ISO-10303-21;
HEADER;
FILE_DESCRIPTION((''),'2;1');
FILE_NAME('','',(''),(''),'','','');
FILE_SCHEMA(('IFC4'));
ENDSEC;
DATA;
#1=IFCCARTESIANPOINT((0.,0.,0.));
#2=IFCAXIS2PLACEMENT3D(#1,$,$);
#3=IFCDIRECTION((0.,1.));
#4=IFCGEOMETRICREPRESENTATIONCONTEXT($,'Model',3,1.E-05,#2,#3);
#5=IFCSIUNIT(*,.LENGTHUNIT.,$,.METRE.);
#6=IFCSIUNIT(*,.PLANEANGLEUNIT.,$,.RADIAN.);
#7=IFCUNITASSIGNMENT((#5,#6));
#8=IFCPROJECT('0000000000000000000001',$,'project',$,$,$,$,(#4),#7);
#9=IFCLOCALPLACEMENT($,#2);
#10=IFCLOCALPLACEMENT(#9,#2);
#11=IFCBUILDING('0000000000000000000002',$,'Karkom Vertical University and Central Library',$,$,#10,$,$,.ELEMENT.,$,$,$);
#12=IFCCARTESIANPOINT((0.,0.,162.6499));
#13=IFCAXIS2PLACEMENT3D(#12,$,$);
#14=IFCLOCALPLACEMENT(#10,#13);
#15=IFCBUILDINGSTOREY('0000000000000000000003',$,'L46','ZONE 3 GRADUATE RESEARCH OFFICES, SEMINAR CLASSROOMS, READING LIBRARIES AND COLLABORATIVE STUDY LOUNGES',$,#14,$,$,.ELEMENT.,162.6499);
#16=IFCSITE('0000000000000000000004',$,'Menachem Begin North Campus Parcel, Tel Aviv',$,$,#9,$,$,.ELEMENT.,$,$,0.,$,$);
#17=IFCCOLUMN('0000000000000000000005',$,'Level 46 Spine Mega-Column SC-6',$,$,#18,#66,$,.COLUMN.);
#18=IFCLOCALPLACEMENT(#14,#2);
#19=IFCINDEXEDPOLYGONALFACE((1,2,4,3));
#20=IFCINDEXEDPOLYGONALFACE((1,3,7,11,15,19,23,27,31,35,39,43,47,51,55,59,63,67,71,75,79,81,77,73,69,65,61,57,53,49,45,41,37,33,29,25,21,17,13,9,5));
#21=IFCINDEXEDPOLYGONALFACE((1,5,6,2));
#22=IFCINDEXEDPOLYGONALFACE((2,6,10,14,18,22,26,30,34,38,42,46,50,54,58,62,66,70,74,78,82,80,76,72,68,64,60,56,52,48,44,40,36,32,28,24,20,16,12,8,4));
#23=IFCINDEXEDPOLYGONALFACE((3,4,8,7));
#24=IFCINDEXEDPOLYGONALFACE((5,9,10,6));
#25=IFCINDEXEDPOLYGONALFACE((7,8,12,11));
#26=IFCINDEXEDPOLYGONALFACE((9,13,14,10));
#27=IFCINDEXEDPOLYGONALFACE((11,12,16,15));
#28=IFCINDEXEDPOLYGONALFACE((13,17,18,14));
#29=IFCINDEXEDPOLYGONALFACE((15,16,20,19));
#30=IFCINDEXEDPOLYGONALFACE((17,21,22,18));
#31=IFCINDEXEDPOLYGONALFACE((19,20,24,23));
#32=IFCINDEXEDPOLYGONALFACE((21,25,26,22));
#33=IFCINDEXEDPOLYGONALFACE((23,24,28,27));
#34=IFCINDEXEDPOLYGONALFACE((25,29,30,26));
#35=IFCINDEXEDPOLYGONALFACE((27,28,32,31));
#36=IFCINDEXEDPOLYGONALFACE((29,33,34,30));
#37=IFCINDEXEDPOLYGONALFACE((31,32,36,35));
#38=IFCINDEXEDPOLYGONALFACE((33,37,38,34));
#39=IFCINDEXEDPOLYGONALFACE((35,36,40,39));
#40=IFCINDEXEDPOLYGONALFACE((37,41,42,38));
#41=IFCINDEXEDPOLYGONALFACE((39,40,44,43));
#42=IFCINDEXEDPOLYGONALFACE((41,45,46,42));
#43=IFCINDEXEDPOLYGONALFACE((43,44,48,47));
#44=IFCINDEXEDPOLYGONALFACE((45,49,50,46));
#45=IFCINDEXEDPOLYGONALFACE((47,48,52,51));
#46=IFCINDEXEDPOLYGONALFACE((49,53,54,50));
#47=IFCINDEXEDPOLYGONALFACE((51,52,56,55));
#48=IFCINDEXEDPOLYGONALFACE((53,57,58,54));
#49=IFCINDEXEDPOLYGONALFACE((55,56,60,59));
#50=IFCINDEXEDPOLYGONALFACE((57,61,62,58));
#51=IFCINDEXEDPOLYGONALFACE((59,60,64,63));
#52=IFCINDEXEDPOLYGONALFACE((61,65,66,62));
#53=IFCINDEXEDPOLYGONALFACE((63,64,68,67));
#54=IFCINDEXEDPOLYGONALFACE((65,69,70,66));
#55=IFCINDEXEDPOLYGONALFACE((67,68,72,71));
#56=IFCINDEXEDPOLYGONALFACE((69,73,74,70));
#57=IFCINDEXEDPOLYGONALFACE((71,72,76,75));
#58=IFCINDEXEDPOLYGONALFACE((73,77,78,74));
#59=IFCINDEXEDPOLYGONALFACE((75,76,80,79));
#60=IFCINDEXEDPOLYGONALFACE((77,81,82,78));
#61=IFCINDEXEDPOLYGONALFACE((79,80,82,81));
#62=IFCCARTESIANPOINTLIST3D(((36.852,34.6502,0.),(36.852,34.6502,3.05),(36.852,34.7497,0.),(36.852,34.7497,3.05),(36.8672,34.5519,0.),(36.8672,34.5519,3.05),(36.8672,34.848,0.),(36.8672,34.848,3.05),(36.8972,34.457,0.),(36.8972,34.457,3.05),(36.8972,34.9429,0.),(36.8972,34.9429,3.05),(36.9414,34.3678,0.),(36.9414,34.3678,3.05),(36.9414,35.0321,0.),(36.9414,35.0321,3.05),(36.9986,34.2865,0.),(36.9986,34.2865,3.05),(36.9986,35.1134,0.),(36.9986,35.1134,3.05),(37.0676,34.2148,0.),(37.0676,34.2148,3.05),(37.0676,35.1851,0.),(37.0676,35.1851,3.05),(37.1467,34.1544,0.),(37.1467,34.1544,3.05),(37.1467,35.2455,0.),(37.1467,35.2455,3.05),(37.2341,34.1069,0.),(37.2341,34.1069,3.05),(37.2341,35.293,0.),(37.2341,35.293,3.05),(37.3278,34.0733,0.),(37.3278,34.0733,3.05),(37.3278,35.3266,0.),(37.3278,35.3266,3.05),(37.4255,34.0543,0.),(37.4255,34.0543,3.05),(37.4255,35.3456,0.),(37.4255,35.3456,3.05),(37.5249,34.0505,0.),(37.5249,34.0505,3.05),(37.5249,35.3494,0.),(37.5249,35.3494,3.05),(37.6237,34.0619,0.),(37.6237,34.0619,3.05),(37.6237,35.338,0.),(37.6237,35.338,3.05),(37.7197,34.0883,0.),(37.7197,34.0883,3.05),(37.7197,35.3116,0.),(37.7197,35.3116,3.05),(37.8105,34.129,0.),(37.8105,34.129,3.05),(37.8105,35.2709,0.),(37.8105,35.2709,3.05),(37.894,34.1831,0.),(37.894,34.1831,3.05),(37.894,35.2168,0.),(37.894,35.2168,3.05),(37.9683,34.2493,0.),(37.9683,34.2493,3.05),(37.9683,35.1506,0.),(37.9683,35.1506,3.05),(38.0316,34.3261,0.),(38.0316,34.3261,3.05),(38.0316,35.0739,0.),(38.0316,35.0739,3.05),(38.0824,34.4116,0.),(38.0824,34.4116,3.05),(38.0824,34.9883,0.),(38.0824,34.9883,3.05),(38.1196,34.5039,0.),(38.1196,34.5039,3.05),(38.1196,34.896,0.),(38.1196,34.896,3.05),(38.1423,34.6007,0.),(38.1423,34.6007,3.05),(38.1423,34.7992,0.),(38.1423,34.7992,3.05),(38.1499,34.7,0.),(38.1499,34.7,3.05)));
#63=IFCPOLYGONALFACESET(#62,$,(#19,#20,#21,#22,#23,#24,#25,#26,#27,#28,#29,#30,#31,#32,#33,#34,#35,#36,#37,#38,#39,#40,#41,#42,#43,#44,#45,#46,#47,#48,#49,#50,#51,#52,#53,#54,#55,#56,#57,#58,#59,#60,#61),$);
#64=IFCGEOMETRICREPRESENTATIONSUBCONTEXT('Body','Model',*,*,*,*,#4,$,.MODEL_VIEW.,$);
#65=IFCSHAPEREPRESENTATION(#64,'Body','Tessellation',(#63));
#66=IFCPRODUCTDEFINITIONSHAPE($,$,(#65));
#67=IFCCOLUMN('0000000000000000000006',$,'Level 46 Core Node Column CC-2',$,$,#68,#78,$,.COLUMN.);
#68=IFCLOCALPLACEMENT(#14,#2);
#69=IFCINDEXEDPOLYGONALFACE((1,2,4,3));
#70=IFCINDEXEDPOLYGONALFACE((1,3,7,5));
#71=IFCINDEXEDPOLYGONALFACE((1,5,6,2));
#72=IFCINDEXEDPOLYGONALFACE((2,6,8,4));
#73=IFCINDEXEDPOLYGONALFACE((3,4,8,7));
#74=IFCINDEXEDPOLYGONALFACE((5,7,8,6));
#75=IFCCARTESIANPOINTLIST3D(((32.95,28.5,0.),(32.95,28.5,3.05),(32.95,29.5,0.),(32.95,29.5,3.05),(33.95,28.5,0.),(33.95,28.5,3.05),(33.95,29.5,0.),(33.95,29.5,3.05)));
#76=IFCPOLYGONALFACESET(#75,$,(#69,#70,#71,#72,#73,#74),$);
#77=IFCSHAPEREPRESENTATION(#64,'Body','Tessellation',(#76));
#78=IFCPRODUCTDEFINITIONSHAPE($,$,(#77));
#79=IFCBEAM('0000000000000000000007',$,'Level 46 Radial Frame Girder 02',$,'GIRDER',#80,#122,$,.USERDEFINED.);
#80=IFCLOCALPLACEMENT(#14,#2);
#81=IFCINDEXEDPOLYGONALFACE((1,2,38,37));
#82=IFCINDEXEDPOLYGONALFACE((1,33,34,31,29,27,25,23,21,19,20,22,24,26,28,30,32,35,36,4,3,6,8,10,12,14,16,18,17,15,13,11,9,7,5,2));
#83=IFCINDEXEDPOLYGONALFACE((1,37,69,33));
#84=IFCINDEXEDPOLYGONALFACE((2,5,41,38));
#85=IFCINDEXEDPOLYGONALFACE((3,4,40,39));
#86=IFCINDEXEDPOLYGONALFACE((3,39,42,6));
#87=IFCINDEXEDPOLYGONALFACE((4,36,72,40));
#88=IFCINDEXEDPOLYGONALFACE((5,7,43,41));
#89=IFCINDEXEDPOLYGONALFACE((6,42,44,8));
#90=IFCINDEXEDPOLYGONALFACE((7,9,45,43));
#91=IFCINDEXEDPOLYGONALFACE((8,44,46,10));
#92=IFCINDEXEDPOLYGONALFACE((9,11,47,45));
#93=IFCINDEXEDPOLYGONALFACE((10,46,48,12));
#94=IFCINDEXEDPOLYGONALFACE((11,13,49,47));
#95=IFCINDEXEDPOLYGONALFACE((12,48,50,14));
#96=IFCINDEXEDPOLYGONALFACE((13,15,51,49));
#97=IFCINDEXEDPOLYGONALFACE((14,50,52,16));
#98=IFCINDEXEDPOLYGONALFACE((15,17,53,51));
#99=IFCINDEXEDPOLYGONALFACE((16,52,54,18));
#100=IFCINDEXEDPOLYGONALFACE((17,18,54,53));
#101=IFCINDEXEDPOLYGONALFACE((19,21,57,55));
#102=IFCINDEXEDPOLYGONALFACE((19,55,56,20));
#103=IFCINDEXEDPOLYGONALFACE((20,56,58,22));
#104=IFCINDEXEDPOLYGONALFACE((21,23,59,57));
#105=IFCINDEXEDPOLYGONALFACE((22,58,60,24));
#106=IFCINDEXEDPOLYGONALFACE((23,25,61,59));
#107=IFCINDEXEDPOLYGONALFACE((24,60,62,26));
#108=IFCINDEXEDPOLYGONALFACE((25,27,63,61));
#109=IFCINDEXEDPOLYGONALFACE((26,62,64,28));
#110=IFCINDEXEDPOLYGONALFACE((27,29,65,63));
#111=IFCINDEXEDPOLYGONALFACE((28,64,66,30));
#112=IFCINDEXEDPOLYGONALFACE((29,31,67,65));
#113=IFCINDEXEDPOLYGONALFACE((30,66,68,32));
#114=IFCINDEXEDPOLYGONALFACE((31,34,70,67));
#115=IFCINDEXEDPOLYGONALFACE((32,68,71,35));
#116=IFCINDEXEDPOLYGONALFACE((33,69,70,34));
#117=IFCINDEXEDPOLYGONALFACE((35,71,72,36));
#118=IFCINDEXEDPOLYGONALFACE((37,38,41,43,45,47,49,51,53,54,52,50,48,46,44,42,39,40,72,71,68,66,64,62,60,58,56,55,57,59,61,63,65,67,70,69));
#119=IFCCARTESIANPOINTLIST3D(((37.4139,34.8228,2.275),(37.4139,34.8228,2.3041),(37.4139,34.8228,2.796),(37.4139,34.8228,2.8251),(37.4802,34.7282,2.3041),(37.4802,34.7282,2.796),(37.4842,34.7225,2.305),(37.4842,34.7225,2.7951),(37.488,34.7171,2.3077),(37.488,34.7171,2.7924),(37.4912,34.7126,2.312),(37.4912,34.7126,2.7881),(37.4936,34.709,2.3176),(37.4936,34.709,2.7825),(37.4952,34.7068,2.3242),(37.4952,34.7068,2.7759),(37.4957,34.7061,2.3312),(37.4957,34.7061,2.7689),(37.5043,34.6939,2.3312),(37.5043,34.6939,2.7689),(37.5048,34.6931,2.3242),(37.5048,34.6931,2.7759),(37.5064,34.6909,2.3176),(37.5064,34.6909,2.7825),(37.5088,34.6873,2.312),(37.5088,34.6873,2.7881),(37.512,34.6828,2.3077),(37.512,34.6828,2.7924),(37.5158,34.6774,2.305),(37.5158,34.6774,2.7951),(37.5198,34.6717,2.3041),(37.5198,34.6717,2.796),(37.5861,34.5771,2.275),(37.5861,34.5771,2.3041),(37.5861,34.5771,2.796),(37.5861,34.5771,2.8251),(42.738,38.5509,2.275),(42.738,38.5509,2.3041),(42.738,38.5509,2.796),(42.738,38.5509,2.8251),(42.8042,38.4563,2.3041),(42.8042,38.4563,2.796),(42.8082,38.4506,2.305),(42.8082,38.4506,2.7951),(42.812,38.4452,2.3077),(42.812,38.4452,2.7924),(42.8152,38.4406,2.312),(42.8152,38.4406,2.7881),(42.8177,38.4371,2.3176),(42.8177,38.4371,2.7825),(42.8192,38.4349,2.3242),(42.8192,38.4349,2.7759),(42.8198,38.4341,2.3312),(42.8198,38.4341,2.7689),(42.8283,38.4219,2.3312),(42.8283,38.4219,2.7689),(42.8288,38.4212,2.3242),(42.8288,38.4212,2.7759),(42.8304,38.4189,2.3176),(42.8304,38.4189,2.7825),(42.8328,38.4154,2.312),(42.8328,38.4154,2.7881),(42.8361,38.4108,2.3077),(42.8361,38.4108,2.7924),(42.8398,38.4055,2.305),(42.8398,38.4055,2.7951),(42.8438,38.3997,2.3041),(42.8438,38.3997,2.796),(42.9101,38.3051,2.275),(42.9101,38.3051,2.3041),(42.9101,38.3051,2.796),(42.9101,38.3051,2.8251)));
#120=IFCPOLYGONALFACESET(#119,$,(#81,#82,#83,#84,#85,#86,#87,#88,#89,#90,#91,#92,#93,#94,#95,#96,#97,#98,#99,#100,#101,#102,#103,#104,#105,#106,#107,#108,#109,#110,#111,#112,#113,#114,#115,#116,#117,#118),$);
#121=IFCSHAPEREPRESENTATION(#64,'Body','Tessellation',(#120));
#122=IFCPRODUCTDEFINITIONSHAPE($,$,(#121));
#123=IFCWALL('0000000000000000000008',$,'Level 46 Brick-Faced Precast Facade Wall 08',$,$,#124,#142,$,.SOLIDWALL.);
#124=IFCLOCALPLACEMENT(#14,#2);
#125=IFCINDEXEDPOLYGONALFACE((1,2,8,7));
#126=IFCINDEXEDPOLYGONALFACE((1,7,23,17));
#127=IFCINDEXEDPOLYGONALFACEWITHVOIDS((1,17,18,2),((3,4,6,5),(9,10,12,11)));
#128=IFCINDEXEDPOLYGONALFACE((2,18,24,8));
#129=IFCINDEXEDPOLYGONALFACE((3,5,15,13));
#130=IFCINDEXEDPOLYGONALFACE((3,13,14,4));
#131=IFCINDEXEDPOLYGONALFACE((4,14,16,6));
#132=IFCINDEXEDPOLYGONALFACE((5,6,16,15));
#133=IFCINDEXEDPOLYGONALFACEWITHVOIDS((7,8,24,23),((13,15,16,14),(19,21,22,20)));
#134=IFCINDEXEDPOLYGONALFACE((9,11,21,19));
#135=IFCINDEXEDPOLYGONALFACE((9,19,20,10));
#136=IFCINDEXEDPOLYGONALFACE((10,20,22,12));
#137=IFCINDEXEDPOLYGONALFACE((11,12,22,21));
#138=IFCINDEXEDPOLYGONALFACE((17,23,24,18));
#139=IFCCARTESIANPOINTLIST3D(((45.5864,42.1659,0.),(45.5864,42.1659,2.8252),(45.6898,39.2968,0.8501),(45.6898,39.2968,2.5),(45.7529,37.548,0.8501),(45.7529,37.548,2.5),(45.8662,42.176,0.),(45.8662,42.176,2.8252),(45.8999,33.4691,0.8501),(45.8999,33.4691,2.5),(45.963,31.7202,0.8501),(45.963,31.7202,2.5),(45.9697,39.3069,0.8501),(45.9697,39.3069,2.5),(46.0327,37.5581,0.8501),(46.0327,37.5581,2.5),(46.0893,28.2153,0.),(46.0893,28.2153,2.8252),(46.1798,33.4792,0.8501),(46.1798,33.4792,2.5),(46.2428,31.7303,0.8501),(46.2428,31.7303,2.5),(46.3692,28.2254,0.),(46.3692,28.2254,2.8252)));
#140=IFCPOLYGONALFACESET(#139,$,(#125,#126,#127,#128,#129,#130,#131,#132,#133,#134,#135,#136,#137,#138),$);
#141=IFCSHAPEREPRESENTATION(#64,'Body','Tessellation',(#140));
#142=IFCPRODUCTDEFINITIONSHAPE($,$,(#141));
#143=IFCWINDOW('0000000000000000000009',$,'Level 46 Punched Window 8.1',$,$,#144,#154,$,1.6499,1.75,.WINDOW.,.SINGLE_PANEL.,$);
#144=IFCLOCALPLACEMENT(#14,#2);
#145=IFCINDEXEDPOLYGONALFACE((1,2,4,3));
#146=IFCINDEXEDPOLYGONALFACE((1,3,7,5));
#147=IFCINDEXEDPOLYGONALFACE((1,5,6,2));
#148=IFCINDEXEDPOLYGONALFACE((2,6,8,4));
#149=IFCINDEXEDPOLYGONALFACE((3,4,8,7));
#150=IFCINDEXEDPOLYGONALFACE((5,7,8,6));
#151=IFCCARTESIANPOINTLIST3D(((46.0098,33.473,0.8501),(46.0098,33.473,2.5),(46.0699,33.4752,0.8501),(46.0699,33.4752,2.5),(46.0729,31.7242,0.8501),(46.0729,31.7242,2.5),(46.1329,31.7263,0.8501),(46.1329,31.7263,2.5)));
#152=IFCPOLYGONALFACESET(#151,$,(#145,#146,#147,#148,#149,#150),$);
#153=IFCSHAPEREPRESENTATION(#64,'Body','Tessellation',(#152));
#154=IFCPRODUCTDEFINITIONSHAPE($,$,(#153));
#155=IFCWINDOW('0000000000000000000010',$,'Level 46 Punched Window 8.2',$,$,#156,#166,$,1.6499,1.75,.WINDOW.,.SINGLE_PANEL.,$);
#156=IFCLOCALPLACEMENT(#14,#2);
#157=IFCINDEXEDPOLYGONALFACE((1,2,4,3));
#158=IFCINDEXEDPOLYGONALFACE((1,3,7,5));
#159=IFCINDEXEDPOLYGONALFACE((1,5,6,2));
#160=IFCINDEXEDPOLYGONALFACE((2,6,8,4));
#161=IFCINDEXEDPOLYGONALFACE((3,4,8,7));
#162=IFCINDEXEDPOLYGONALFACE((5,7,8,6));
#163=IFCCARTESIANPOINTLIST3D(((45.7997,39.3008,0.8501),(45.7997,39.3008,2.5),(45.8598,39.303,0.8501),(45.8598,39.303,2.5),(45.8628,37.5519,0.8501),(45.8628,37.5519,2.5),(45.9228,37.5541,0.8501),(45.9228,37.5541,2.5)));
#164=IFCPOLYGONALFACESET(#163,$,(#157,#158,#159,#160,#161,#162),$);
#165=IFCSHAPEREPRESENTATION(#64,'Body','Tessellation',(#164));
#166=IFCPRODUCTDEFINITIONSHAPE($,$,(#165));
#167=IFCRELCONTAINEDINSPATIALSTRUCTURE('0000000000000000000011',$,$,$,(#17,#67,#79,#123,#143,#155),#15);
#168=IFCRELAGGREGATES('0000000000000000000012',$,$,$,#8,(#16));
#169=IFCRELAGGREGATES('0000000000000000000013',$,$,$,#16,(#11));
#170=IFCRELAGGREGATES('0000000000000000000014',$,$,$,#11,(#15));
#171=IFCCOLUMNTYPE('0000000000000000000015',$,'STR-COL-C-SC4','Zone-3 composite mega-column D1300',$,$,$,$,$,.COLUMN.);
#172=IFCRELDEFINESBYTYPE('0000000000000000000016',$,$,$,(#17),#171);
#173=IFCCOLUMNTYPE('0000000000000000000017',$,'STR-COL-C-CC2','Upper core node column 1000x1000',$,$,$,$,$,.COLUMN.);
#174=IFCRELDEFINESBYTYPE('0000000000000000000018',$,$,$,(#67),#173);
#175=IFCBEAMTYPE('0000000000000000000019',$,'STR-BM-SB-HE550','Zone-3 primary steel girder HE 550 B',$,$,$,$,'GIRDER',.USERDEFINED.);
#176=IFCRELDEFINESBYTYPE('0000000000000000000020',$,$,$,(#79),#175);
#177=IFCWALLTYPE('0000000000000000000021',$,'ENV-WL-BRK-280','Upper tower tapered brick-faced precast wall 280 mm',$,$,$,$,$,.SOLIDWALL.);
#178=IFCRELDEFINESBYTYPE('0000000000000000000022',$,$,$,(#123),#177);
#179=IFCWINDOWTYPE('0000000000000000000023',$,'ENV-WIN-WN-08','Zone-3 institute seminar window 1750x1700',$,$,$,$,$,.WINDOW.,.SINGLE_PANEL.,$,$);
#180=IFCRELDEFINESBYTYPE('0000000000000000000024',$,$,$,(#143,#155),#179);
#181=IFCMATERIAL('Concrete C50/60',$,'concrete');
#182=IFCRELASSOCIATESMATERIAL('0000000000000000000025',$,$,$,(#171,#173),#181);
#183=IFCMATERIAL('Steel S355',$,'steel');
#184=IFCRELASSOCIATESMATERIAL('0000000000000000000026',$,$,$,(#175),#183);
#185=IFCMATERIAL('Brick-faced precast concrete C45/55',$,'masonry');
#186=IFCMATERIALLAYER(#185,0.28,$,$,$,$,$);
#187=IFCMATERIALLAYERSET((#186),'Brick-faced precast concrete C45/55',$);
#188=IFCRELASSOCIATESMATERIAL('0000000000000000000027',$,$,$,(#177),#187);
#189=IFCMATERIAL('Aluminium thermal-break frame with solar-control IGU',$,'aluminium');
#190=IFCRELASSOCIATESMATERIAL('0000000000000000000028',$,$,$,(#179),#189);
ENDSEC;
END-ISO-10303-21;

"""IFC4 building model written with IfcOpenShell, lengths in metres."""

from ifc_helpers import new_model, si_unit, direction, frame, frame_2d, origin, origin_with_axes, origin_2d, place, context, subcontext, project, spatial, rectangle, circle, i_section, extrude, source, transform, mapped, material, layer, layer_set, material_profile, profile_set, type_object, element, fill, save


model = new_model("IFC4")

# Units and contexts
model_context = context("Model", 3, precision=1e-05, world=origin(), true_north=direction((0.0, 1.0)))
body_context = subcontext(model_context, "Body", "Model", "MODEL_VIEW")
ifc_project = project(units=[si_unit("LENGTHUNIT", "METRE"), si_unit("PLANEANGLEUNIT", "RADIAN")], contexts=[model_context])

# Site, building, storey
site_placement = place(None, origin())
site = spatial("IfcSite", under=ifc_project, at=site_placement, Name="Menachem Begin North Campus Parcel, Tel Aviv", CompositionType="ELEMENT", RefElevation=0.0)
building_placement = place(site_placement, origin())
building = spatial("IfcBuilding", under=site, at=building_placement, Name="Karkom Vertical University and Central Library", CompositionType="ELEMENT")
storey_placement = place(building_placement, frame((0.0, 0.0, 162.6499)))
storey = spatial("IfcBuildingStorey", under=building, at=storey_placement, Name="L46", Description="ZONE 3 GRADUATE RESEARCH OFFICES, SEMINAR CLASSROOMS, READING LIBRARIES AND COLLABORATIVE STUDY LOUNGES", CompositionType="ELEMENT", Elevation=162.6499)

# Columns
ifc_material_1 = material(Name="Concrete C50/60", Category="concrete")
ifc_material_profile_1 = material_profile(ifc_material_1, circle(Radius=0.6499, at=origin_2d()), Name="CFT-D1300")
ifc_profile_set_1 = profile_set([ifc_material_profile_1], Name="Concrete C50/60")
column_type_1 = type_object("IfcColumnType", Name="STR-COL-C-SC4", Description="Zone-3 composite mega-column D1300", PredefinedType="COLUMN", material=ifc_profile_set_1)
shared_shape_1 = source(origin_with_axes(), body_context, "Body", "SweptSolid", [
    extrude(circle(Radius=0.6499, at=origin_2d()), origin(), (0.0, 0.0, 1.0), 3.05),
])
column_1_placement = place(storey_placement, frame((37.5, 34.7, 0.0), z_axis=(0.0, 0.0, 1.0), x_axis=(1.0, 0.0, 0.0)))
element("IfcColumn", 1, at=column_1_placement, inside=storey, type_object=column_type_1, Name="Level 46 Spine Mega-Column SC-6", PredefinedType="COLUMN", context=body_context, shape_type="MappedRepresentation", body=[
    mapped(shared_shape_1, transform((0.0, 0.0, 0.0), scale=1.0)),
])
ifc_material_profile_2 = material_profile(ifc_material_1, rectangle(XDim=1.0, YDim=1.0, at=origin_2d()), Name="RC-1000x1000")
ifc_profile_set_2 = profile_set([ifc_material_profile_2], Name="Concrete C50/60")
column_type_2 = type_object("IfcColumnType", Name="STR-COL-C-CC2", Description="Upper core node column 1000x1000", PredefinedType="COLUMN", material=ifc_profile_set_2)
shared_shape_2 = source(origin_with_axes(), body_context, "Body", "SweptSolid", [
    extrude(rectangle(XDim=1.0, YDim=1.0, at=origin_2d()), origin(), (0.0, 0.0, 1.0), 3.05),
])
column_2_placement = place(storey_placement, frame((33.45, 29.0, 0.0), z_axis=(0.0, 0.0, 1.0), x_axis=(1.0, 0.0, 0.0)))
element("IfcColumn", 2, at=column_2_placement, inside=storey, type_object=column_type_2, Name="Level 46 Core Node Column CC-2", PredefinedType="COLUMN", context=body_context, shape_type="MappedRepresentation", body=[
    mapped(shared_shape_2, transform((0.0, 0.0, 0.0), scale=1.0)),
])

# Beam
ifc_material_2 = material(Name="Steel S355", Category="steel")
ifc_material_profile_3 = material_profile(ifc_material_2, i_section(OverallWidth=0.3, OverallDepth=0.55, WebThickness=0.0149, FlangeThickness=0.0291, FilletRadius=0.0271, at=origin_2d()), Name="HE 550 B")
ifc_profile_set_3 = profile_set([ifc_material_profile_3], Name="Steel S355")
beam_type = type_object("IfcBeamType", Name="STR-BM-SB-HE550", Description="Zone-3 primary steel girder HE 550 B", ElementType="GIRDER", PredefinedType="USERDEFINED", material=ifc_profile_set_3)
shared_shape_3 = source(origin_with_axes(), body_context, "Body", "SweptSolid", [
    extrude(i_section(OverallWidth=0.3, OverallDepth=0.55, WebThickness=0.0149, FlangeThickness=0.0291, FilletRadius=0.0271, at=origin_2d()), origin(), (0.0, 0.0, 1.0), 6.4995),
])
beam_placement = place(storey_placement, frame((37.5, 34.7, 2.55), z_axis=(0.819142, 0.573591, 0.0), x_axis=(-0.573591, 0.819142, 0.0)))
element("IfcBeam", 3, at=beam_placement, inside=storey, type_object=beam_type, Name="Level 46 Radial Frame Girder 02", ObjectType="GIRDER", PredefinedType="USERDEFINED", context=body_context, shape_type="MappedRepresentation", body=[
    mapped(shared_shape_3, transform((0.0, 0.0, 0.0), scale=1.0)),
])

# Wall, openings, windows
ifc_material_3 = material(Name="Brick-faced precast concrete C45/55", Category="masonry")
ifc_layer_1 = layer(ifc_material_3, 0.28)
ifc_layer_set_1 = layer_set([ifc_layer_1], Name="Brick-faced precast concrete C45/55")
wall_type_1 = type_object("IfcWallType", Name="ENV-WL-BRK-280", Description="Upper tower tapered brick-faced precast wall 280 mm", PredefinedType="SOLIDWALL", material=ifc_layer_set_1)
wall_1_placement = place(storey_placement, frame((46.2292, 28.2202, 0.0), z_axis=(0.0, 0.0, 1.0), x_axis=(-0.036027, 0.999351, 0.0)))
wall_1 = element("IfcWall", 4, at=wall_1_placement, inside=storey, type_object=wall_type_1, Name="Level 46 Brick-Faced Precast Facade Wall 08", PredefinedType="SOLIDWALL", context=body_context, shape_type="SweptSolid", body=[
    extrude(rectangle(XDim=13.9597, YDim=0.28, at=frame_2d((6.98, 0.0))), origin(), (0.0, 0.0, 1.0), 2.8252),
])
opening_1_placement = place(wall_1_placement, frame((3.5073, 0.0, 0.8501)))
opening_1 = element("IfcOpeningElement", 5, at=opening_1_placement, cuts=wall_1, PredefinedType="OPENING", context=body_context, shape_type="SweptSolid", body=[
    extrude(rectangle(XDim=1.75, YDim=1.6499, at=frame_2d((0.875, 0.825))), frame((0.0, 0.1499, 0.0), z_axis=(0.0, -1.0, 0.0), x_axis=(1.0, 0.0, 0.0)), (0.0, 0.0, 1.0), 0.3),
])
opening_2_placement = place(wall_1_placement, frame((9.3389, 0.0, 0.8501)))
opening_2 = element("IfcOpeningElement", 6, at=opening_2_placement, cuts=wall_1, PredefinedType="OPENING", context=body_context, shape_type="SweptSolid", body=[
    extrude(rectangle(XDim=1.75, YDim=1.6499, at=frame_2d((0.875, 0.825))), frame((0.0, 0.1499, 0.0), z_axis=(0.0, -1.0, 0.0), x_axis=(1.0, 0.0, 0.0)), (0.0, 0.0, 1.0), 0.3),
])
ifc_material_4 = material(Name="Aluminium thermal-break frame with solar-control IGU", Category="aluminium")
window_type = type_object("IfcWindowType", Name="ENV-WIN-WN-08", Description="Zone-3 institute seminar window 1750x1700", PartitioningType="SINGLE_PANEL", PredefinedType="WINDOW", material=ifc_material_4)
shared_shape_4 = source(origin_with_axes(), body_context, "Body", "SweptSolid", [
    extrude(rectangle(XDim=1.75, YDim=1.6499, at=frame_2d((0.875, 0.825))), frame((0.0, 0.03, 0.0), z_axis=(0.0, -1.0, 0.0), x_axis=(1.0, 0.0, 0.0)), (0.0, 0.0, 1.0), 0.0601),
])
window_1_placement = place(opening_1_placement, origin())
window_1 = element("IfcWindow", 7, at=window_1_placement, inside=storey, type_object=window_type, Name="Level 46 Punched Window 8.1", OverallHeight=1.6499, OverallWidth=1.75, PartitioningType="SINGLE_PANEL", PredefinedType="WINDOW", context=body_context, shape_type="MappedRepresentation", body=[
    mapped(shared_shape_4, transform((0.0, 0.0, 0.0), scale=1.0)),
])
fill(opening_1, window_1)
window_2_placement = place(opening_2_placement, origin())
window_2 = element("IfcWindow", 8, at=window_2_placement, inside=storey, type_object=window_type, Name="Level 46 Punched Window 8.2", OverallHeight=1.6499, OverallWidth=1.75, PartitioningType="SINGLE_PANEL", PredefinedType="WINDOW", context=body_context, shape_type="MappedRepresentation", body=[
    mapped(shared_shape_4, transform((0.0, 0.0, 0.0), scale=1.0)),
])
fill(opening_2, window_2)

save(model, "model.ifc")
